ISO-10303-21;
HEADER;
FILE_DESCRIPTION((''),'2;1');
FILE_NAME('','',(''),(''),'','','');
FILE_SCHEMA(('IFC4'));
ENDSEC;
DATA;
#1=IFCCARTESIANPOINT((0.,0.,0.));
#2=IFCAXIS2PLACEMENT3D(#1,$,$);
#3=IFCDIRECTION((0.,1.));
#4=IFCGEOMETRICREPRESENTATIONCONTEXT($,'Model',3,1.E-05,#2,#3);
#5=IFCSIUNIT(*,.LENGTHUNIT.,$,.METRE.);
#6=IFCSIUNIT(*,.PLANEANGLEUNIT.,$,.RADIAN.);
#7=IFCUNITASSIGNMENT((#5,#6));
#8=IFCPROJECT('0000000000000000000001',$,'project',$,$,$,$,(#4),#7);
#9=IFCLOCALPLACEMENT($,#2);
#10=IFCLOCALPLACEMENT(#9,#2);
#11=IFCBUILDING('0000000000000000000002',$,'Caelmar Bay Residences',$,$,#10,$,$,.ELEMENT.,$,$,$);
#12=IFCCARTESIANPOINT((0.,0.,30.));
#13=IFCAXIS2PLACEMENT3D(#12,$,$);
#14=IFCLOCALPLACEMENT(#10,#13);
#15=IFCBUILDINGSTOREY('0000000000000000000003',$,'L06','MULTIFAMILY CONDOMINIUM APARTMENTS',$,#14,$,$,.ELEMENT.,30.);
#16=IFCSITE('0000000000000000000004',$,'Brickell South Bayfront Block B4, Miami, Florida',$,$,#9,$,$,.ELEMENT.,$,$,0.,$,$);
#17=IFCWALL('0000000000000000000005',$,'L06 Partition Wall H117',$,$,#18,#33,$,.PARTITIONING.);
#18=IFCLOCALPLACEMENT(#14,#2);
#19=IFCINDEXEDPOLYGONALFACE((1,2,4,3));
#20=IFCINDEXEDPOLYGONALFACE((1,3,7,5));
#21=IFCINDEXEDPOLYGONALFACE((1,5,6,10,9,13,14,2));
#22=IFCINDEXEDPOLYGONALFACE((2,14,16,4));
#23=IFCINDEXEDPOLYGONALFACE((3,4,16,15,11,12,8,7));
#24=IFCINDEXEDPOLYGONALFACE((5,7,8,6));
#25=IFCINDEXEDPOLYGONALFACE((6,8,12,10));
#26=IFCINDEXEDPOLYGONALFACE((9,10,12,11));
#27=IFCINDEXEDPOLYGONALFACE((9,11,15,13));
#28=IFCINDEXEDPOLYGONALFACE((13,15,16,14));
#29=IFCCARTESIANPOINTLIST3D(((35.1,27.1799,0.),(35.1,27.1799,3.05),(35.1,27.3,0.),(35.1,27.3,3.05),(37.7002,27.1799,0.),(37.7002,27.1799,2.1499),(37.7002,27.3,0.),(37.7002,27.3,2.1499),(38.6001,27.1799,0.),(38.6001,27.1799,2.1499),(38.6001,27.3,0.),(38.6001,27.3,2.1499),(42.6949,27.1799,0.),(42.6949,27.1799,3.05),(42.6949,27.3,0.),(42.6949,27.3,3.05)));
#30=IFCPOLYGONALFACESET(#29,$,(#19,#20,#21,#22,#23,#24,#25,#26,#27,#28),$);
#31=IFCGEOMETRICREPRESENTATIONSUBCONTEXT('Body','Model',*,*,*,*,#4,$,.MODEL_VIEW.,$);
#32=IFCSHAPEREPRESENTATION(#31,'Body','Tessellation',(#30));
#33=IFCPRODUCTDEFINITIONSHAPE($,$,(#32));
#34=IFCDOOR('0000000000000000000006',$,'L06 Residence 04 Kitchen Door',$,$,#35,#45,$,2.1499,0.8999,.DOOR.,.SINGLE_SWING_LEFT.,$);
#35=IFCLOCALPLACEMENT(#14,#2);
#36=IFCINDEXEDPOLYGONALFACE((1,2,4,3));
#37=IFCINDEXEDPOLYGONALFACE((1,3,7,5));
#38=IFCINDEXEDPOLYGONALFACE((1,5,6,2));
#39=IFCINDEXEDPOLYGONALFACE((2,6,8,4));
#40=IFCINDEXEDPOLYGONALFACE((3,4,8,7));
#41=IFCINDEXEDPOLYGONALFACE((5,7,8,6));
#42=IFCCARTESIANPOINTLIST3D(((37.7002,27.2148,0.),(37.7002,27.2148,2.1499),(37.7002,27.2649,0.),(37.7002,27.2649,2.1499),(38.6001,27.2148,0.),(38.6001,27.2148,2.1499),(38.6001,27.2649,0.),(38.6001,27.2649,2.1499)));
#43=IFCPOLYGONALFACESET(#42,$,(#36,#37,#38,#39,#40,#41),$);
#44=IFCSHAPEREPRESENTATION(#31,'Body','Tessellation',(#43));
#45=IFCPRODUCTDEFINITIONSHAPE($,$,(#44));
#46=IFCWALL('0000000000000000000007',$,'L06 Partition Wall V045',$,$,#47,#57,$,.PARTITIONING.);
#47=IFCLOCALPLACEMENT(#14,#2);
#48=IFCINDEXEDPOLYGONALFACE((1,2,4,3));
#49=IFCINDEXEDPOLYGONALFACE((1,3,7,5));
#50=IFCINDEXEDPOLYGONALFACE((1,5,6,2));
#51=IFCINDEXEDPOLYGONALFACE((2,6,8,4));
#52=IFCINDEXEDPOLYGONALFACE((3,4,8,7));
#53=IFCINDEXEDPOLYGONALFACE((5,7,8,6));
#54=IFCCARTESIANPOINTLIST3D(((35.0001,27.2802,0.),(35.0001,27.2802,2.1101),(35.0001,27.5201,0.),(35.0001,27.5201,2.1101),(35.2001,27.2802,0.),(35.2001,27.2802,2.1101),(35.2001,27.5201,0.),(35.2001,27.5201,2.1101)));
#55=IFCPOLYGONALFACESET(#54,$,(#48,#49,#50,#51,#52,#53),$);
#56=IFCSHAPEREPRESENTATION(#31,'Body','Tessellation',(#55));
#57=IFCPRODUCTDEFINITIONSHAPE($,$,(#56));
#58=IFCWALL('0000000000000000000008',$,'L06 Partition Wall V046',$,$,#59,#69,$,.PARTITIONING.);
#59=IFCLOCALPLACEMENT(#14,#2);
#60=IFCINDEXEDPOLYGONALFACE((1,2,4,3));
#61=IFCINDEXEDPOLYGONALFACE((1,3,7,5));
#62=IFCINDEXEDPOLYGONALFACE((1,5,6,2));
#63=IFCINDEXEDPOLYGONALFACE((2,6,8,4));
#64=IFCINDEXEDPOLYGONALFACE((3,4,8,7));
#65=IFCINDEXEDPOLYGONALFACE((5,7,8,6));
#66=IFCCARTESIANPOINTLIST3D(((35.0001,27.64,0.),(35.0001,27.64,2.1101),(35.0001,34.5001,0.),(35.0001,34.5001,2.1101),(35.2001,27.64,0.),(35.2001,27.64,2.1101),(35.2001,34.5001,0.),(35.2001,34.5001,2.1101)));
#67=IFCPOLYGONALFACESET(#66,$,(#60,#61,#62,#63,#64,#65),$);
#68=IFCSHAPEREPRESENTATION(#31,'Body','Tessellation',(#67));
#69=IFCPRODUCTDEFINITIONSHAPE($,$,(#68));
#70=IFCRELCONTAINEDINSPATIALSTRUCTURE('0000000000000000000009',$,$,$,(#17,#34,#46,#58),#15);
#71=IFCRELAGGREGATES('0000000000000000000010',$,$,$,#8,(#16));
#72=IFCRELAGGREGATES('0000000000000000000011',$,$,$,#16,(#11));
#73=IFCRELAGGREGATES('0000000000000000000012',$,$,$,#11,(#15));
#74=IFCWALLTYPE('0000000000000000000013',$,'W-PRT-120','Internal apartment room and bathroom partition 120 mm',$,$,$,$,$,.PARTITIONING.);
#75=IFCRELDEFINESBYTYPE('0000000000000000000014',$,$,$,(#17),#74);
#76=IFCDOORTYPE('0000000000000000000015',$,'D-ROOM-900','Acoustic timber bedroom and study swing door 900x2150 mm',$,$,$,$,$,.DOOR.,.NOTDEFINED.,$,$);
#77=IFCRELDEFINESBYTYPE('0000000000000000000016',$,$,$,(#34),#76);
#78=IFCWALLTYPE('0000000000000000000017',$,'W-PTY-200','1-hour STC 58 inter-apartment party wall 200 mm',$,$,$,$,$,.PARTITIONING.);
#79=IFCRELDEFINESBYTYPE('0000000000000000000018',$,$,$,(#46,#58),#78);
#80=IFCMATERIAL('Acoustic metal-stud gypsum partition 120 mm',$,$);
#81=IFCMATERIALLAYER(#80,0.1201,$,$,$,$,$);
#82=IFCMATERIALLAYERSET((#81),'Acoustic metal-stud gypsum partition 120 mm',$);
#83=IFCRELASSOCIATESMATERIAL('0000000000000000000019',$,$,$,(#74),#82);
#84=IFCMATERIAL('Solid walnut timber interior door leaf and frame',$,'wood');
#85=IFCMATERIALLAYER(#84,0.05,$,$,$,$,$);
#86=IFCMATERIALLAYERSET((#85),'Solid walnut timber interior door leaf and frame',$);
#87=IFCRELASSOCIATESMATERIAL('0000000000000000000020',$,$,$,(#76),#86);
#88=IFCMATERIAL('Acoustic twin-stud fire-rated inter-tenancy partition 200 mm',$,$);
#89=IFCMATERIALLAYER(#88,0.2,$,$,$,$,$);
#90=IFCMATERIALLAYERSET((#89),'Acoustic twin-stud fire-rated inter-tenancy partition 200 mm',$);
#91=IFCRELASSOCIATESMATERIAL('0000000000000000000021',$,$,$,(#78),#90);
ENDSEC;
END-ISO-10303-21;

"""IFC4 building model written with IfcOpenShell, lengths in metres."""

from ifc_helpers import new_model, si_unit, direction, frame, frame_2d, origin, place, context, subcontext, project, spatial, rectangle, extrude, material, layer, layer_set, type_object, element, fill, save


model = new_model("IFC4")

# Units and contexts
model_context = context("Model", 3, precision=1e-05, world=origin(), true_north=direction((0.0, 1.0)))
body_context = subcontext(model_context, "Body", "Model", "MODEL_VIEW")
ifc_project = project(units=[si_unit("LENGTHUNIT", "METRE"), si_unit("PLANEANGLEUNIT", "RADIAN")], contexts=[model_context])

# Site, building, storey
site_placement = place(None, origin())
site = spatial("IfcSite", under=ifc_project, at=site_placement, Name="Brickell South Bayfront Block B4, Miami, Florida", CompositionType="ELEMENT", RefElevation=0.0)
building_placement = place(site_placement, origin())
building = spatial("IfcBuilding", under=site, at=building_placement, Name="Caelmar Bay Residences", CompositionType="ELEMENT")
storey_placement = place(building_placement, frame((0.0, 0.0, 30.0)))
storey = spatial("IfcBuildingStorey", under=building, at=storey_placement, Name="L06", Description="MULTIFAMILY CONDOMINIUM APARTMENTS", CompositionType="ELEMENT", Elevation=30.0)

# Shared definitions
ifc_material_1 = material(Name="Acoustic metal-stud gypsum partition 120 mm")
ifc_layer_1 = layer(ifc_material_1, 0.1201)
ifc_layer_set_1 = layer_set([ifc_layer_1], Name="Acoustic metal-stud gypsum partition 120 mm")
wall_type_1 = type_object("IfcWallType", Name="W-PRT-120", Description="Internal apartment room and bathroom partition 120 mm", PredefinedType="PARTITIONING", material=ifc_layer_set_1)

# Shared definitions
ifc_material_2 = material(Name="Solid walnut timber interior door leaf and frame", Category="wood")
ifc_layer_2 = layer(ifc_material_2, 0.05)
ifc_layer_set_2 = layer_set([ifc_layer_2], Name="Solid walnut timber interior door leaf and frame")
door_type_1 = type_object("IfcDoorType", Name="D-ROOM-900", Description="Acoustic timber bedroom and study swing door 900x2150 mm", OperationType="NOTDEFINED", PredefinedType="DOOR", material=ifc_layer_set_2)

# Wall, opening, door
wall_1_placement = place(storey_placement, frame((35.1001, 27.24, 0.0), z_axis=(0.0, 0.0, 1.0), x_axis=(1.0, 0.0, 0.0)))
wall_1 = element("IfcWall", 1, at=wall_1_placement, inside=storey, type_object=wall_type_1, Name="L06 Partition Wall H117", PredefinedType="PARTITIONING", context=body_context, shape_type="SweptSolid", body=[
    extrude(rectangle(XDim=7.595, YDim=0.1201, at=frame_2d((3.7974, 0.0))), origin(), (0.0, 0.0, 1.0), 3.05),
])
opening_1_placement = place(wall_1_placement, frame((2.6001, 0.0, 0.0)))
opening_1 = element("IfcOpeningElement", 2, at=opening_1_placement, cuts=wall_1, PredefinedType="OPENING", context=body_context, shape_type="SweptSolid", body=[
    extrude(rectangle(XDim=0.8999, YDim=2.1499, at=frame_2d((0.45, 1.075))), frame((0.0, 0.0701, 0.0), z_axis=(0.0, -1.0, 0.0), x_axis=(1.0, 0.0, 0.0)), (0.0, 0.0, 1.0), 0.1401),
])
door_1_placement = place(opening_1_placement, origin())
door_1 = element("IfcDoor", 3, at=door_1_placement, inside=storey, type_object=door_type_1, Name="L06 Residence 04 Kitchen Door", OperationType="SINGLE_SWING_LEFT", OverallHeight=2.1499, OverallWidth=0.8999, PredefinedType="DOOR", context=body_context, shape_type="SweptSolid", body=[
    extrude(rectangle(XDim=0.8999, YDim=2.1499, at=frame_2d((0.45, 1.075))), frame((0.0, 0.0249, 0.0), z_axis=(0.0, -1.0, 0.0), x_axis=(1.0, 0.0, 0.0)), (0.0, 0.0, 1.0), 0.05),
])
fill(opening_1, door_1)

# Walls
ifc_material_3 = material(Name="Acoustic twin-stud fire-rated inter-tenancy partition 200 mm")
ifc_layer_3 = layer(ifc_material_3, 0.2)
ifc_layer_set_3 = layer_set([ifc_layer_3], Name="Acoustic twin-stud fire-rated inter-tenancy partition 200 mm")
wall_type_2 = type_object("IfcWallType", Name="W-PTY-200", Description="1-hour STC 58 inter-apartment party wall 200 mm", PredefinedType="PARTITIONING", material=ifc_layer_set_3)
wall_2_placement = place(storey_placement, frame((35.1001, 27.28, 0.0), z_axis=(0.0, 0.0, 1.0), x_axis=(0.0, 1.0, 0.0)))
element("IfcWall", 4, at=wall_2_placement, inside=storey, type_object=wall_type_2, Name="L06 Partition Wall V045", PredefinedType="PARTITIONING", context=body_context, shape_type="SweptSolid", body=[
    extrude(rectangle(XDim=0.24, YDim=0.2, at=frame_2d((0.1201, 0.0))), origin(), (0.0, 0.0, 1.0), 2.1101),
])
wall_3_placement = place(storey_placement, frame((35.1001, 27.6399, 0.0), z_axis=(0.0, 0.0, 1.0), x_axis=(0.0, 1.0, 0.0)))
element("IfcWall", 5, at=wall_3_placement, inside=storey, type_object=wall_type_2, Name="L06 Partition Wall V046", PredefinedType="PARTITIONING", context=body_context, shape_type="SweptSolid", body=[
    extrude(rectangle(XDim=6.8601, YDim=0.2, at=frame_2d((3.4302, 0.0))), origin(), (0.0, 0.0, 1.0), 2.1101),
])

save(model, "model.ifc")
